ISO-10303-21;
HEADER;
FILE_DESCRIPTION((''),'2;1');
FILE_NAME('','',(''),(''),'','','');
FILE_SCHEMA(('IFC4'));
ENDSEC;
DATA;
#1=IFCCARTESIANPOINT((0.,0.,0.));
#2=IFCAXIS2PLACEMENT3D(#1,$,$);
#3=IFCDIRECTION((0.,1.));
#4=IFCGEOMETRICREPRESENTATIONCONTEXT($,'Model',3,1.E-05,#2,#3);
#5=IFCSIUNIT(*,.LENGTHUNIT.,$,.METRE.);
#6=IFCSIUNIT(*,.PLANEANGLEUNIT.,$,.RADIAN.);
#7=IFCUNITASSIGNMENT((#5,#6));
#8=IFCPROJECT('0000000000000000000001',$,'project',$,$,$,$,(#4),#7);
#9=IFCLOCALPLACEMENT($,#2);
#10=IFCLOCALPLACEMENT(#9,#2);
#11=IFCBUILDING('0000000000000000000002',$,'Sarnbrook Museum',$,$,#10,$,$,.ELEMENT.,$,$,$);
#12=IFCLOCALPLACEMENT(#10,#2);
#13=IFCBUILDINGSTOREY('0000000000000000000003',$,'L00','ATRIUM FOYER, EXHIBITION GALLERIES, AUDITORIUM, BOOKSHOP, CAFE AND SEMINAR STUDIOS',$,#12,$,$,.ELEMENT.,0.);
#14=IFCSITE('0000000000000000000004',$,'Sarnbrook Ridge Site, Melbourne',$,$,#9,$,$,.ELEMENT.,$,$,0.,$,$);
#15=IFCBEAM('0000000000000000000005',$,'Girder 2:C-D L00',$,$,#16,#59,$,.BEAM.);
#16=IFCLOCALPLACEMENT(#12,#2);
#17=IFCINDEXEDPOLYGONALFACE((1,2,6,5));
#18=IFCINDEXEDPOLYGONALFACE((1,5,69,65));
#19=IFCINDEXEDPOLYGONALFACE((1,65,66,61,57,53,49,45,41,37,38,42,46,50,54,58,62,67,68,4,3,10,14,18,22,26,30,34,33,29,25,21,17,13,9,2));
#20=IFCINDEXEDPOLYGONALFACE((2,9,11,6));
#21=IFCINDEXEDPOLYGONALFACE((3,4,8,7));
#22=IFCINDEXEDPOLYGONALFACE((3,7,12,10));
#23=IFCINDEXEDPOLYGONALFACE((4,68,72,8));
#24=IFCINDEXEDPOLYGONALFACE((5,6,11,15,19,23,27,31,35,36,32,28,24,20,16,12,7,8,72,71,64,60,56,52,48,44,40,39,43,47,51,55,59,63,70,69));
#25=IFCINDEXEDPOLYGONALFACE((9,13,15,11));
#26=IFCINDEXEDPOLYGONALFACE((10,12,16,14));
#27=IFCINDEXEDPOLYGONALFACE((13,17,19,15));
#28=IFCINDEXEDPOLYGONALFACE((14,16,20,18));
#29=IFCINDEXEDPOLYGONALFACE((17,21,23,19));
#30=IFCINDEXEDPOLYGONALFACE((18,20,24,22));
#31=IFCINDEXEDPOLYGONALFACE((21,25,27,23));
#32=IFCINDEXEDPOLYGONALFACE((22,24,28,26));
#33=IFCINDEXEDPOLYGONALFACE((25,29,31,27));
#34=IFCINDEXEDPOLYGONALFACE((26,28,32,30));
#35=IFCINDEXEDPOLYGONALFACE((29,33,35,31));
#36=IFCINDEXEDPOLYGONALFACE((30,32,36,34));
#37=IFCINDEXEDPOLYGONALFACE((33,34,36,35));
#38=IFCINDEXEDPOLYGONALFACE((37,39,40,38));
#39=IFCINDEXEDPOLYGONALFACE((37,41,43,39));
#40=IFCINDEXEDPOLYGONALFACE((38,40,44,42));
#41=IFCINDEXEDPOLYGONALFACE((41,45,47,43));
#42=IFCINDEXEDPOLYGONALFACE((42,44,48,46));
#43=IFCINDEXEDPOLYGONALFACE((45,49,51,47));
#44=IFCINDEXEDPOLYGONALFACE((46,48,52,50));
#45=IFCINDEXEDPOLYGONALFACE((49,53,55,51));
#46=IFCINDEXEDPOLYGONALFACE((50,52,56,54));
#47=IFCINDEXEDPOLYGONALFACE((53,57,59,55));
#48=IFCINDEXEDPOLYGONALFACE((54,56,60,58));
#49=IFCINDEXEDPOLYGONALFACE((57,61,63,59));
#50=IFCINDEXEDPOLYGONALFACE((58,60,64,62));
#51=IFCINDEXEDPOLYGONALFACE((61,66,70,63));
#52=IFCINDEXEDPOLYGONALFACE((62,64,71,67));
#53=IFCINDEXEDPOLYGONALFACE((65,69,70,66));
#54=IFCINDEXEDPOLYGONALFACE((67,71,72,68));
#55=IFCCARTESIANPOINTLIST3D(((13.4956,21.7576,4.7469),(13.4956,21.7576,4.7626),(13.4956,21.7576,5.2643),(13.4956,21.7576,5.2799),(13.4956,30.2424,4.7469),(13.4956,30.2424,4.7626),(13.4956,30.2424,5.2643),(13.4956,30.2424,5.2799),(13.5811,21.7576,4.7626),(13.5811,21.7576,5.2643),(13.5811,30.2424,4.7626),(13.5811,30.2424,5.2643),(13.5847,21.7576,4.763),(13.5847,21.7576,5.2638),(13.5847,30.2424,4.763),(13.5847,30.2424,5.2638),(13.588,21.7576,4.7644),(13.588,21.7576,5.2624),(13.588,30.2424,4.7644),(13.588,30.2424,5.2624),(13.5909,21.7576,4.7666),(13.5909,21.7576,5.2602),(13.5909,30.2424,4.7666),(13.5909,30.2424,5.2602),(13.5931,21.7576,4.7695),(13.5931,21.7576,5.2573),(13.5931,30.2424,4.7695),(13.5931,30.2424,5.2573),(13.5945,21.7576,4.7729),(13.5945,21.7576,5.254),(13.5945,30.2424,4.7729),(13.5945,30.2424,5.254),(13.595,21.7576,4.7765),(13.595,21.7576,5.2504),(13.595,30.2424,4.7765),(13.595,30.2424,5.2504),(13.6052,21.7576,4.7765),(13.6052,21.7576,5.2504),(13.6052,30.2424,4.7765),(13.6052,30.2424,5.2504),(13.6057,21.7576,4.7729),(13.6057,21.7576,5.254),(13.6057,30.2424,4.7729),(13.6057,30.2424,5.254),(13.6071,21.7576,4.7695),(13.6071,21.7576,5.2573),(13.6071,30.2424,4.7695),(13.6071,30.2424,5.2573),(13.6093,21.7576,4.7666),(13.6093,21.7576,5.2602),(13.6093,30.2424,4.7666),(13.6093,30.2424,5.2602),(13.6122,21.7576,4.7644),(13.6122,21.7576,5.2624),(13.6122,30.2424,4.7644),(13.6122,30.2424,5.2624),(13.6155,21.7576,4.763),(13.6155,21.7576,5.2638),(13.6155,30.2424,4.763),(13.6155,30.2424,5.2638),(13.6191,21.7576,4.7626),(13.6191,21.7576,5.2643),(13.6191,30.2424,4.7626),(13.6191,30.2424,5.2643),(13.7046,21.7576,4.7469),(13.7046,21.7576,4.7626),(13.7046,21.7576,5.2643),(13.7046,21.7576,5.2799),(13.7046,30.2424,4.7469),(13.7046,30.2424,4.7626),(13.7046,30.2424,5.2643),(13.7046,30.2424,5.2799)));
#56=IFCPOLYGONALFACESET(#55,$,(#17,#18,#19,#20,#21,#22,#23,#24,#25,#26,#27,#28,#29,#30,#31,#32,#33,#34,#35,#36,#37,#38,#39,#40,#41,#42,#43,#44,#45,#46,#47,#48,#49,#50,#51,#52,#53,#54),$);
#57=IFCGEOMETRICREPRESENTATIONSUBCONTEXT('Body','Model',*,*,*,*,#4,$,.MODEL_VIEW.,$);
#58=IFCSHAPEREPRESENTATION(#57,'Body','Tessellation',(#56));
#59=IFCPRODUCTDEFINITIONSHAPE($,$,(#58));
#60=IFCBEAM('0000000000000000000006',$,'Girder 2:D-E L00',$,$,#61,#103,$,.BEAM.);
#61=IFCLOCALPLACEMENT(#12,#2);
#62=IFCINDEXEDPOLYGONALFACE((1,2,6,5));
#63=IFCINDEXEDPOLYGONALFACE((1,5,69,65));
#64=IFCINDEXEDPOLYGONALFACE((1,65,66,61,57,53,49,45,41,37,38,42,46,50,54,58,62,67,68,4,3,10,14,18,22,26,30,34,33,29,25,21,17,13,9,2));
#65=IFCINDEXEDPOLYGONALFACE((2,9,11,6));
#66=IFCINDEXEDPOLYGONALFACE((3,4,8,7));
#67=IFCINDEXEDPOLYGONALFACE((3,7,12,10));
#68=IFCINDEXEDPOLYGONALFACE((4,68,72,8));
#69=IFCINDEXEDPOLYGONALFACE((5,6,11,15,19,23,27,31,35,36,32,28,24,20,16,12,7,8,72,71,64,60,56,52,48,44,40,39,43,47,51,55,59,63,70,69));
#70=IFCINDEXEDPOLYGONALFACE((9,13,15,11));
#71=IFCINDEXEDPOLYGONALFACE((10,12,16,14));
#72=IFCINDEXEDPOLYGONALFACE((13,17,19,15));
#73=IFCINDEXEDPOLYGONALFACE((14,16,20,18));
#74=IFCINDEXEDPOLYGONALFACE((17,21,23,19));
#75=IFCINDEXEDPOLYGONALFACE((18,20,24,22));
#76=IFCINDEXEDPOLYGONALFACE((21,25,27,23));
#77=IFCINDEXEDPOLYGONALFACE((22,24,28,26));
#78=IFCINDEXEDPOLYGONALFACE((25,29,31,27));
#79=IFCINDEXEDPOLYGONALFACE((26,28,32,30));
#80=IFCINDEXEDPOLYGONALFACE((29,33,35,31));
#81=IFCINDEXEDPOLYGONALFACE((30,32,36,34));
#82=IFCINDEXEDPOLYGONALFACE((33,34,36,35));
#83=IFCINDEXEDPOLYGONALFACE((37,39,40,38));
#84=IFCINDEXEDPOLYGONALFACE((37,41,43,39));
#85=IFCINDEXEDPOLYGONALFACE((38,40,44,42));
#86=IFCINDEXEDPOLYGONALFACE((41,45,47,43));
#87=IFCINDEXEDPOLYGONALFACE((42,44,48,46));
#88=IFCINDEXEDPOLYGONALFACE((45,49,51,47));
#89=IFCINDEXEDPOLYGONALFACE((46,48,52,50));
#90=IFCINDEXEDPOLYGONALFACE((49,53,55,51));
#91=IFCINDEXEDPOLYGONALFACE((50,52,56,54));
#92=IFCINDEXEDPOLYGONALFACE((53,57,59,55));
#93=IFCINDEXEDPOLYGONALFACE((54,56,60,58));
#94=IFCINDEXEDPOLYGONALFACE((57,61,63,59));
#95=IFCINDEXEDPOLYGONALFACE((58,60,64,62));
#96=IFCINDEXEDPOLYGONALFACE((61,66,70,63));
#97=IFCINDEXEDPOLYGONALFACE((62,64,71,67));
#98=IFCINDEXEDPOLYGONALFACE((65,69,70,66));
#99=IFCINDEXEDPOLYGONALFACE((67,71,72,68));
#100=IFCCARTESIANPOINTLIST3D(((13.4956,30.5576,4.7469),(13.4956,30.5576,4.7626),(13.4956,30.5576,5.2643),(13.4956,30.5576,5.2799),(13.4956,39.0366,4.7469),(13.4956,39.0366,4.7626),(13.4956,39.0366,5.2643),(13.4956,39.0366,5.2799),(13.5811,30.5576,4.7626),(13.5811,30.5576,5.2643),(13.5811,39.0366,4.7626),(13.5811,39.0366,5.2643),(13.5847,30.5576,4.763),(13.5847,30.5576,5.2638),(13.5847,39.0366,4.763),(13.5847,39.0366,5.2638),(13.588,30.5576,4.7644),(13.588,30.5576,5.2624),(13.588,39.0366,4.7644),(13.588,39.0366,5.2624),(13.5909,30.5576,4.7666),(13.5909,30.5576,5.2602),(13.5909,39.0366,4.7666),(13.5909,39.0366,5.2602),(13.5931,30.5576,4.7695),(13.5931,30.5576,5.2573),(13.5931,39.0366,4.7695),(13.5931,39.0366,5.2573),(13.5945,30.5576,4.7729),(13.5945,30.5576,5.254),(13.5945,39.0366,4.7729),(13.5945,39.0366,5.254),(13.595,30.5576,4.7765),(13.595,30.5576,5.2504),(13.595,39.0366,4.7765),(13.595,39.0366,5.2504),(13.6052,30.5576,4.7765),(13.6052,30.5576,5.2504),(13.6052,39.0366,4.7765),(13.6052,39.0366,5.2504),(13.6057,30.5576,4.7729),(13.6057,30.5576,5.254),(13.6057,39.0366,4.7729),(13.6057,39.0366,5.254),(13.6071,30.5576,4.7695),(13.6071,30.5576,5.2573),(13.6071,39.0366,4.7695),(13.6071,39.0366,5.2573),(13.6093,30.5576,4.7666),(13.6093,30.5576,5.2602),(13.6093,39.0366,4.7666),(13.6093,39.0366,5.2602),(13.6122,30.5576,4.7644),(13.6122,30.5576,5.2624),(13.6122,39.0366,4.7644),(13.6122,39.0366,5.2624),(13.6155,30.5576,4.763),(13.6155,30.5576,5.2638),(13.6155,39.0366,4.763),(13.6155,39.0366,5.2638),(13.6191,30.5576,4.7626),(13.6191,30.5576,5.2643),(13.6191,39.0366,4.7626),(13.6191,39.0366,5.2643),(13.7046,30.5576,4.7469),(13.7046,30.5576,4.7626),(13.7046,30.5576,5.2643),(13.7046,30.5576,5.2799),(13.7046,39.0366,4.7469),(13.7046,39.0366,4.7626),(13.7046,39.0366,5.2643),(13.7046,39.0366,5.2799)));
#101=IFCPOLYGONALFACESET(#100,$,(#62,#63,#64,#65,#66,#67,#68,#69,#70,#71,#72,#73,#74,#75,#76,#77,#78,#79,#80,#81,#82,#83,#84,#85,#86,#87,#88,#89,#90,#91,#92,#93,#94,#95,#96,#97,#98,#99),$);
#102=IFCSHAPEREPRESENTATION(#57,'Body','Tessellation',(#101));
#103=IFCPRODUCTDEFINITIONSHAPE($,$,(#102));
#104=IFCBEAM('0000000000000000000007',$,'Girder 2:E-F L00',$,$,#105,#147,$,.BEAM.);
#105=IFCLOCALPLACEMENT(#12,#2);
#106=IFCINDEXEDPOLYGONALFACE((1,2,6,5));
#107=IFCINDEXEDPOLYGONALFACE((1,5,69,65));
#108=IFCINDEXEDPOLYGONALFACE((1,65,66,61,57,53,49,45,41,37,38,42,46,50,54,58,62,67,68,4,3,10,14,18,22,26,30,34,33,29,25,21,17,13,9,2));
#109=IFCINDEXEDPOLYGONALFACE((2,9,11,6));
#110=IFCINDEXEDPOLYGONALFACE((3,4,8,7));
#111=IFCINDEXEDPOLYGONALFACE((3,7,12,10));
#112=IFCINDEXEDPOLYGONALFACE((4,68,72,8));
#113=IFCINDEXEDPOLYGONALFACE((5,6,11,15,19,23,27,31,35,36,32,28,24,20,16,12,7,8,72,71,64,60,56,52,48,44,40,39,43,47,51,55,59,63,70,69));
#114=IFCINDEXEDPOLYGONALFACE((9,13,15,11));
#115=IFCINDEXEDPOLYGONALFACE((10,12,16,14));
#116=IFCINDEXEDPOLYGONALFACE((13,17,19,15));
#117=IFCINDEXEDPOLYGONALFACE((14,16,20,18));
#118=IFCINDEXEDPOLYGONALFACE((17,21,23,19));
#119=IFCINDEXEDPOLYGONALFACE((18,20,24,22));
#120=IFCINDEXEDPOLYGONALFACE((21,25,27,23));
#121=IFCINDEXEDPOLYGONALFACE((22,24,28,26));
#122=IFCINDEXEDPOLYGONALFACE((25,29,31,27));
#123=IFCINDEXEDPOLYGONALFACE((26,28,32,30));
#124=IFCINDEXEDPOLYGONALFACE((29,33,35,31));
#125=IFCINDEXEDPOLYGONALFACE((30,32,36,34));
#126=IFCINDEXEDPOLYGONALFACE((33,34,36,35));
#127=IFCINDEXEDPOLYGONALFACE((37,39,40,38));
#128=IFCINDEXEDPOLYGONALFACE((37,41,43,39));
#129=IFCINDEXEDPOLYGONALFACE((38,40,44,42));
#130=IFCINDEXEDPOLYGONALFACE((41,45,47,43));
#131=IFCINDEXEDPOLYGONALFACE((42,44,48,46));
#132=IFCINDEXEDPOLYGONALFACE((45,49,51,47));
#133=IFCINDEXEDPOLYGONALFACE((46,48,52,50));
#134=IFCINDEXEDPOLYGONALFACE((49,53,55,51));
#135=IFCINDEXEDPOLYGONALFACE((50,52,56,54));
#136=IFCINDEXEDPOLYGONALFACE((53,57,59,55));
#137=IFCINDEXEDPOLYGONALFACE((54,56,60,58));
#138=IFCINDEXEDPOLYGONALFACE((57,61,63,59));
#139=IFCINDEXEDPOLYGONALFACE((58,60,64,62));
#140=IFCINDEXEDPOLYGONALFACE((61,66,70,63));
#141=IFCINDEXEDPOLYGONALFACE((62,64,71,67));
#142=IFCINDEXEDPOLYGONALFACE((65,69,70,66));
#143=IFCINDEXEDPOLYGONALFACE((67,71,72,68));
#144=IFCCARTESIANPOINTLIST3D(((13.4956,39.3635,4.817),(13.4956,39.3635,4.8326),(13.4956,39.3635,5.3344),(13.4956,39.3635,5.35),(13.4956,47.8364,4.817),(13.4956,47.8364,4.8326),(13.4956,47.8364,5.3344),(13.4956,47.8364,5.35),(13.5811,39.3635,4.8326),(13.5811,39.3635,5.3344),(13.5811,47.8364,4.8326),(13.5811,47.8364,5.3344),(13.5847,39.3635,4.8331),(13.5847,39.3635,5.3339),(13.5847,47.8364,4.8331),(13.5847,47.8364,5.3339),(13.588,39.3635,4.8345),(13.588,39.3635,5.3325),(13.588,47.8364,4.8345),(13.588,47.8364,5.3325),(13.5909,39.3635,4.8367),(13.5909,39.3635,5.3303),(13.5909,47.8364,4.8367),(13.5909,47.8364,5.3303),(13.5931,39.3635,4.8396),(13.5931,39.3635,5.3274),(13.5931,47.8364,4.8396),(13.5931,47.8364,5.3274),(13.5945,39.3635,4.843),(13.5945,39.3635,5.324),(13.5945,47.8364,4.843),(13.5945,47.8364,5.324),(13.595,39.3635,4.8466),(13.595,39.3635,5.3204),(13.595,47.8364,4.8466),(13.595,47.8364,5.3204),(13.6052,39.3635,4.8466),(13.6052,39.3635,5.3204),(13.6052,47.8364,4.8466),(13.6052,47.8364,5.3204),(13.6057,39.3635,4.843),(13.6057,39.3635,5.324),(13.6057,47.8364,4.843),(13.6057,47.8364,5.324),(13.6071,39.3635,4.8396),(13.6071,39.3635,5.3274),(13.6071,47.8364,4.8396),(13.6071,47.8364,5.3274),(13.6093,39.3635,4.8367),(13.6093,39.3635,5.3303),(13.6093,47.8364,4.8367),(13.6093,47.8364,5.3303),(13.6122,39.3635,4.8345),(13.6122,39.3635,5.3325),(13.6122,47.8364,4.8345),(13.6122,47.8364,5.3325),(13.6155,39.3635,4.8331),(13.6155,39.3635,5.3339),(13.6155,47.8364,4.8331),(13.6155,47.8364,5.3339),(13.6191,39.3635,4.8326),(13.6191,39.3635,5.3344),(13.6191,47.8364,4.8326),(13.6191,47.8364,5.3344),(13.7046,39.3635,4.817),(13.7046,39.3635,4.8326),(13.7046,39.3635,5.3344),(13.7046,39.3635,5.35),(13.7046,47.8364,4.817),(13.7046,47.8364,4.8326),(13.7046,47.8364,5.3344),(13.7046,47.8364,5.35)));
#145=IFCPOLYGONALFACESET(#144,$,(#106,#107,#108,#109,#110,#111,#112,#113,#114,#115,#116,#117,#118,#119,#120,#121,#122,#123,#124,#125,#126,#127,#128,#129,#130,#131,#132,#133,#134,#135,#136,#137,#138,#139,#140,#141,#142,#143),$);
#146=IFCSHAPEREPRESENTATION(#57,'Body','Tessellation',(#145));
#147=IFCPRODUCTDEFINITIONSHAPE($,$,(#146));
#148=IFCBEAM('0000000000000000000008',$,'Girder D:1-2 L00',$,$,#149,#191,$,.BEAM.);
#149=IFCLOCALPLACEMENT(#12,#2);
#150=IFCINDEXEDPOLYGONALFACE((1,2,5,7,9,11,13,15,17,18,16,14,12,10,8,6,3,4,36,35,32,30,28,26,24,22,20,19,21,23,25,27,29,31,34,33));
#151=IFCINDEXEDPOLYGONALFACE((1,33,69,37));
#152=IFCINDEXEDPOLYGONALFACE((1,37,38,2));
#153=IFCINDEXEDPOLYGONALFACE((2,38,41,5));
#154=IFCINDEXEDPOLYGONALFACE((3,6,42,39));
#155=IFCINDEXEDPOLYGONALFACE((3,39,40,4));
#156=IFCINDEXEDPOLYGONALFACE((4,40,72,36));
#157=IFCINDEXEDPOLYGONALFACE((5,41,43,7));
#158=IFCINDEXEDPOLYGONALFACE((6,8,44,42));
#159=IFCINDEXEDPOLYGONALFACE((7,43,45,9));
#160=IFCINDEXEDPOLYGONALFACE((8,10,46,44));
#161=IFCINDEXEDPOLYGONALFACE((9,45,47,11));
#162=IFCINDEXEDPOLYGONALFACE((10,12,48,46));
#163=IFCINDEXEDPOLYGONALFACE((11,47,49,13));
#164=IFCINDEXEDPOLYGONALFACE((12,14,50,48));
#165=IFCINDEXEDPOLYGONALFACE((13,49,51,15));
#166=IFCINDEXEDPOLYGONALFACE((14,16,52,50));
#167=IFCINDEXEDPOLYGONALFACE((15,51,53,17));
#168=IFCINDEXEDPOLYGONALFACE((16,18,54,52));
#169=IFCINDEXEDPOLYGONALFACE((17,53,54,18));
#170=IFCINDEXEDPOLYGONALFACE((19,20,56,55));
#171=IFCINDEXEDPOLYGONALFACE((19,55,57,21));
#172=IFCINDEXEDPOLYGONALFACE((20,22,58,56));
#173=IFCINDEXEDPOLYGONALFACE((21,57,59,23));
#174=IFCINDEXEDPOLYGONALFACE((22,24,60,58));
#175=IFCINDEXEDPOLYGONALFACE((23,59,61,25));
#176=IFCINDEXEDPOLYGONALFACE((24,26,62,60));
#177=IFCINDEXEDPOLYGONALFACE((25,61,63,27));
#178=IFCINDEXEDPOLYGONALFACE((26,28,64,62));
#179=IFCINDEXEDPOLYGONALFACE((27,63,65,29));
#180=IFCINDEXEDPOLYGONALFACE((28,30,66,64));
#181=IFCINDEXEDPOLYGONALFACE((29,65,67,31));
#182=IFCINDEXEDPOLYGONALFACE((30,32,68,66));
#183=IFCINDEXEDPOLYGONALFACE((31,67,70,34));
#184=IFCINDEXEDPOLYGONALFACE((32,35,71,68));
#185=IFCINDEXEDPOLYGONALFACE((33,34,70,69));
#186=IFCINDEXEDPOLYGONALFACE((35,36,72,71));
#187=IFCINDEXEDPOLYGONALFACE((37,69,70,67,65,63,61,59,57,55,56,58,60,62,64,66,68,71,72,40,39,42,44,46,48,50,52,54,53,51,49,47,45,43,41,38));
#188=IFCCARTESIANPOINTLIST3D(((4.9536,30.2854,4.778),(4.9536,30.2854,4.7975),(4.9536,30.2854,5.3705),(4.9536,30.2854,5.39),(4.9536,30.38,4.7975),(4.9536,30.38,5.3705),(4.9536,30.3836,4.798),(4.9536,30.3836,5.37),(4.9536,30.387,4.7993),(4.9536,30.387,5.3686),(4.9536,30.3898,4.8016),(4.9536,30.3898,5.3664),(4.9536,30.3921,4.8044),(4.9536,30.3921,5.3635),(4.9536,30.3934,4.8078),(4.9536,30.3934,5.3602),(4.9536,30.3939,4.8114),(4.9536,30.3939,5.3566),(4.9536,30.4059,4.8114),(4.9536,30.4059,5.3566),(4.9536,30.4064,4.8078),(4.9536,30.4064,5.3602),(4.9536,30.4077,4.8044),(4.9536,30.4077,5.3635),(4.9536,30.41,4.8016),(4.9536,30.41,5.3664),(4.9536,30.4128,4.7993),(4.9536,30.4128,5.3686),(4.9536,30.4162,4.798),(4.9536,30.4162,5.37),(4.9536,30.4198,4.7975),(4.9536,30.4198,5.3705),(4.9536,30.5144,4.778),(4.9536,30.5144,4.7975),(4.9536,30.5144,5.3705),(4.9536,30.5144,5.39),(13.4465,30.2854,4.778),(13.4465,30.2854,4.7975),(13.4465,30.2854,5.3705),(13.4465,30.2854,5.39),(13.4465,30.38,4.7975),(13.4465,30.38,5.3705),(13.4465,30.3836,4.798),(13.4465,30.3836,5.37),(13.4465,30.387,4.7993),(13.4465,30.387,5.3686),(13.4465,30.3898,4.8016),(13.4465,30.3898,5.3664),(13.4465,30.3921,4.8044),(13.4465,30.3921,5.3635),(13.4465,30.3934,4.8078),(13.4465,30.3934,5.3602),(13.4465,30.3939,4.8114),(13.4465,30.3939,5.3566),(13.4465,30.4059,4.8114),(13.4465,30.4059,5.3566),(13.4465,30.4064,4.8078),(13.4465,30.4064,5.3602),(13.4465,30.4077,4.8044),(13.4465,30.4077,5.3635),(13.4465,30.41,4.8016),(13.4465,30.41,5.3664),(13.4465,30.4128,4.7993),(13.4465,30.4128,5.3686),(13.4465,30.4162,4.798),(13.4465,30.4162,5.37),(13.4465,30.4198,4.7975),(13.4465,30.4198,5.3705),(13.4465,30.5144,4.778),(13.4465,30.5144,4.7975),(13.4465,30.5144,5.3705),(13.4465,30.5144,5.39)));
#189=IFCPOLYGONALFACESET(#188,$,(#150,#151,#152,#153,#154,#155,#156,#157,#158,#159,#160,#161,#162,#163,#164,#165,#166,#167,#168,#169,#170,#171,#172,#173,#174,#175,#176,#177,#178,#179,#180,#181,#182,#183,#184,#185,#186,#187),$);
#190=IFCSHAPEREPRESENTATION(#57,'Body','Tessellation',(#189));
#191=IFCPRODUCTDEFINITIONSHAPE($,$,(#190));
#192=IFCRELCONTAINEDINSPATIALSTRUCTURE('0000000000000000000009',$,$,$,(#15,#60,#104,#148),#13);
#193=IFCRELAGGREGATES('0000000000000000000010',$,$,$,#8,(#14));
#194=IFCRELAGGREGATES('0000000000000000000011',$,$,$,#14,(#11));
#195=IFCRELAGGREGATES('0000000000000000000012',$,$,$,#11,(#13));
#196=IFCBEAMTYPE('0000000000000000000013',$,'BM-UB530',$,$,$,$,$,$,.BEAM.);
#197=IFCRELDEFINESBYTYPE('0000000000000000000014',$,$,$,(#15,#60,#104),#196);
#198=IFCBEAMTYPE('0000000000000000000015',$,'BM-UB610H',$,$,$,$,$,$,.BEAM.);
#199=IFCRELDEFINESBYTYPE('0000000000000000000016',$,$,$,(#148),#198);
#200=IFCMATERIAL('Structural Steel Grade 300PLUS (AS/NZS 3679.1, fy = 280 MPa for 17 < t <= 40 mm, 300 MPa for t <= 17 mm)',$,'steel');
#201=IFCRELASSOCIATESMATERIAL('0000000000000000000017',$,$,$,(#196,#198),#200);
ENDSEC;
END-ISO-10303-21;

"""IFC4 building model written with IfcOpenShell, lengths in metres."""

from ifc_helpers import new_model, si_unit, direction, frame, origin, origin_2d, place, context, subcontext, project, spatial, i_section, extrude, material, material_profile, profile_set, type_object, element, save


model = new_model("IFC4")

# Units and contexts
model_context = context("Model", 3, precision=1e-05, world=origin(), true_north=direction((0.0, 1.0)))
body_context = subcontext(model_context, "Body", "Model", "MODEL_VIEW")
ifc_project = project(units=[si_unit("LENGTHUNIT", "METRE"), si_unit("PLANEANGLEUNIT", "RADIAN")], contexts=[model_context])

# Site, building, storey
site_placement = place(None, origin())
site = spatial("IfcSite", under=ifc_project, at=site_placement, Name="Sarnbrook Ridge Site, Melbourne", CompositionType="ELEMENT", RefElevation=0.0)
building_placement = place(site_placement, origin())
building = spatial("IfcBuilding", under=site, at=building_placement, Name="Sarnbrook Museum", CompositionType="ELEMENT")
storey_placement = place(building_placement, origin())
storey = spatial("IfcBuildingStorey", under=building, at=storey_placement, Name="L00", Description="ATRIUM FOYER, EXHIBITION GALLERIES, AUDITORIUM, BOOKSHOP, CAFE AND SEMINAR STUDIOS", CompositionType="ELEMENT", Elevation=0.0)

# Shared definitions
ifc_material_1 = material(Name="Structural Steel Grade 300PLUS (AS/NZS 3679.1, fy = 280 MPa for 17 < t <= 40 mm, 300 MPa for t <= 17 mm)", Category="steel")

# Beams
ifc_material_profile_1 = material_profile(ifc_material_1, i_section(OverallWidth=0.209, OverallDepth=0.533, WebThickness=0.0103, FlangeThickness=0.0156, FilletRadius=0.0139, at=origin_2d()), Name="530UB92.4")
ifc_profile_set_1 = profile_set([ifc_material_profile_1], Name="Structural Steel Grade 300PLUS (AS/NZS 3679.1, fy = 280 MPa for 17 < t <= 40 mm, 300 MPa for t <= 17 mm)")
beam_type_1 = type_object("IfcBeamType", Name="BM-UB530", PredefinedType="BEAM", material=ifc_profile_set_1)
beam_1_placement = place(storey_placement, frame((13.6001, 21.7576, 5.0134), z_axis=(0.0, 1.0, 0.0), x_axis=(-1.0, 0.0, 0.0)))
element("IfcBeam", 1, at=beam_1_placement, inside=storey, type_object=beam_type_1, Name="Girder 2:C-D L00", PredefinedType="BEAM", context=body_context, shape_type="SweptSolid", body=[
    extrude(i_section(OverallWidth=0.209, OverallDepth=0.533, WebThickness=0.0103, FlangeThickness=0.0156, FilletRadius=0.0139, at=origin_2d()), origin(), (0.0, 0.0, 1.0), 8.4849),
])
beam_2_placement = place(storey_placement, frame((13.6001, 30.5576, 5.0134), z_axis=(0.0, 1.0, 0.0), x_axis=(-1.0, 0.0, 0.0)))
element("IfcBeam", 2, at=beam_2_placement, inside=storey, type_object=beam_type_1, Name="Girder 2:D-E L00", PredefinedType="BEAM", context=body_context, shape_type="SweptSolid", body=[
    extrude(i_section(OverallWidth=0.209, OverallDepth=0.533, WebThickness=0.0103, FlangeThickness=0.0156, FilletRadius=0.0139, at=origin_2d()), origin(), (0.0, 0.0, 1.0), 8.479),
])
beam_3_placement = place(storey_placement, frame((13.6001, 39.3635, 5.0835), z_axis=(0.0, 1.0, 0.0), x_axis=(-1.0, 0.0, 0.0)))
element("IfcBeam", 3, at=beam_3_placement, inside=storey, type_object=beam_type_1, Name="Girder 2:E-F L00", PredefinedType="BEAM", context=body_context, shape_type="SweptSolid", body=[
    extrude(i_section(OverallWidth=0.209, OverallDepth=0.533, WebThickness=0.0103, FlangeThickness=0.0156, FilletRadius=0.0139, at=origin_2d()), origin(), (0.0, 0.0, 1.0), 8.4729),
])
ifc_material_profile_2 = material_profile(ifc_material_1, i_section(OverallWidth=0.229, OverallDepth=0.6121, WebThickness=0.012, FlangeThickness=0.0195, FilletRadius=0.0139, at=origin_2d()), Name="610UB125")
ifc_profile_set_2 = profile_set([ifc_material_profile_2], Name="Structural Steel Grade 300PLUS (AS/NZS 3679.1, fy = 280 MPa for 17 < t <= 40 mm, 300 MPa for t <= 17 mm)")
beam_type_2 = type_object("IfcBeamType", Name="BM-UB610H", PredefinedType="BEAM", material=ifc_profile_set_2)
beam_4_placement = place(storey_placement, frame((4.9536, 30.3999, 5.084), z_axis=(1.0, 0.0, 0.0), x_axis=(0.0, 1.0, 0.0)))
element("IfcBeam", 4, at=beam_4_placement, inside=storey, type_object=beam_type_2, Name="Girder D:1-2 L00", PredefinedType="BEAM", context=body_context, shape_type="SweptSolid", body=[
    extrude(i_section(OverallWidth=0.229, OverallDepth=0.6121, WebThickness=0.012, FlangeThickness=0.0195, FilletRadius=0.0139, at=origin_2d()), origin(), (0.0, 0.0, 1.0), 8.4929),
])

save(model, "model.ifc")
